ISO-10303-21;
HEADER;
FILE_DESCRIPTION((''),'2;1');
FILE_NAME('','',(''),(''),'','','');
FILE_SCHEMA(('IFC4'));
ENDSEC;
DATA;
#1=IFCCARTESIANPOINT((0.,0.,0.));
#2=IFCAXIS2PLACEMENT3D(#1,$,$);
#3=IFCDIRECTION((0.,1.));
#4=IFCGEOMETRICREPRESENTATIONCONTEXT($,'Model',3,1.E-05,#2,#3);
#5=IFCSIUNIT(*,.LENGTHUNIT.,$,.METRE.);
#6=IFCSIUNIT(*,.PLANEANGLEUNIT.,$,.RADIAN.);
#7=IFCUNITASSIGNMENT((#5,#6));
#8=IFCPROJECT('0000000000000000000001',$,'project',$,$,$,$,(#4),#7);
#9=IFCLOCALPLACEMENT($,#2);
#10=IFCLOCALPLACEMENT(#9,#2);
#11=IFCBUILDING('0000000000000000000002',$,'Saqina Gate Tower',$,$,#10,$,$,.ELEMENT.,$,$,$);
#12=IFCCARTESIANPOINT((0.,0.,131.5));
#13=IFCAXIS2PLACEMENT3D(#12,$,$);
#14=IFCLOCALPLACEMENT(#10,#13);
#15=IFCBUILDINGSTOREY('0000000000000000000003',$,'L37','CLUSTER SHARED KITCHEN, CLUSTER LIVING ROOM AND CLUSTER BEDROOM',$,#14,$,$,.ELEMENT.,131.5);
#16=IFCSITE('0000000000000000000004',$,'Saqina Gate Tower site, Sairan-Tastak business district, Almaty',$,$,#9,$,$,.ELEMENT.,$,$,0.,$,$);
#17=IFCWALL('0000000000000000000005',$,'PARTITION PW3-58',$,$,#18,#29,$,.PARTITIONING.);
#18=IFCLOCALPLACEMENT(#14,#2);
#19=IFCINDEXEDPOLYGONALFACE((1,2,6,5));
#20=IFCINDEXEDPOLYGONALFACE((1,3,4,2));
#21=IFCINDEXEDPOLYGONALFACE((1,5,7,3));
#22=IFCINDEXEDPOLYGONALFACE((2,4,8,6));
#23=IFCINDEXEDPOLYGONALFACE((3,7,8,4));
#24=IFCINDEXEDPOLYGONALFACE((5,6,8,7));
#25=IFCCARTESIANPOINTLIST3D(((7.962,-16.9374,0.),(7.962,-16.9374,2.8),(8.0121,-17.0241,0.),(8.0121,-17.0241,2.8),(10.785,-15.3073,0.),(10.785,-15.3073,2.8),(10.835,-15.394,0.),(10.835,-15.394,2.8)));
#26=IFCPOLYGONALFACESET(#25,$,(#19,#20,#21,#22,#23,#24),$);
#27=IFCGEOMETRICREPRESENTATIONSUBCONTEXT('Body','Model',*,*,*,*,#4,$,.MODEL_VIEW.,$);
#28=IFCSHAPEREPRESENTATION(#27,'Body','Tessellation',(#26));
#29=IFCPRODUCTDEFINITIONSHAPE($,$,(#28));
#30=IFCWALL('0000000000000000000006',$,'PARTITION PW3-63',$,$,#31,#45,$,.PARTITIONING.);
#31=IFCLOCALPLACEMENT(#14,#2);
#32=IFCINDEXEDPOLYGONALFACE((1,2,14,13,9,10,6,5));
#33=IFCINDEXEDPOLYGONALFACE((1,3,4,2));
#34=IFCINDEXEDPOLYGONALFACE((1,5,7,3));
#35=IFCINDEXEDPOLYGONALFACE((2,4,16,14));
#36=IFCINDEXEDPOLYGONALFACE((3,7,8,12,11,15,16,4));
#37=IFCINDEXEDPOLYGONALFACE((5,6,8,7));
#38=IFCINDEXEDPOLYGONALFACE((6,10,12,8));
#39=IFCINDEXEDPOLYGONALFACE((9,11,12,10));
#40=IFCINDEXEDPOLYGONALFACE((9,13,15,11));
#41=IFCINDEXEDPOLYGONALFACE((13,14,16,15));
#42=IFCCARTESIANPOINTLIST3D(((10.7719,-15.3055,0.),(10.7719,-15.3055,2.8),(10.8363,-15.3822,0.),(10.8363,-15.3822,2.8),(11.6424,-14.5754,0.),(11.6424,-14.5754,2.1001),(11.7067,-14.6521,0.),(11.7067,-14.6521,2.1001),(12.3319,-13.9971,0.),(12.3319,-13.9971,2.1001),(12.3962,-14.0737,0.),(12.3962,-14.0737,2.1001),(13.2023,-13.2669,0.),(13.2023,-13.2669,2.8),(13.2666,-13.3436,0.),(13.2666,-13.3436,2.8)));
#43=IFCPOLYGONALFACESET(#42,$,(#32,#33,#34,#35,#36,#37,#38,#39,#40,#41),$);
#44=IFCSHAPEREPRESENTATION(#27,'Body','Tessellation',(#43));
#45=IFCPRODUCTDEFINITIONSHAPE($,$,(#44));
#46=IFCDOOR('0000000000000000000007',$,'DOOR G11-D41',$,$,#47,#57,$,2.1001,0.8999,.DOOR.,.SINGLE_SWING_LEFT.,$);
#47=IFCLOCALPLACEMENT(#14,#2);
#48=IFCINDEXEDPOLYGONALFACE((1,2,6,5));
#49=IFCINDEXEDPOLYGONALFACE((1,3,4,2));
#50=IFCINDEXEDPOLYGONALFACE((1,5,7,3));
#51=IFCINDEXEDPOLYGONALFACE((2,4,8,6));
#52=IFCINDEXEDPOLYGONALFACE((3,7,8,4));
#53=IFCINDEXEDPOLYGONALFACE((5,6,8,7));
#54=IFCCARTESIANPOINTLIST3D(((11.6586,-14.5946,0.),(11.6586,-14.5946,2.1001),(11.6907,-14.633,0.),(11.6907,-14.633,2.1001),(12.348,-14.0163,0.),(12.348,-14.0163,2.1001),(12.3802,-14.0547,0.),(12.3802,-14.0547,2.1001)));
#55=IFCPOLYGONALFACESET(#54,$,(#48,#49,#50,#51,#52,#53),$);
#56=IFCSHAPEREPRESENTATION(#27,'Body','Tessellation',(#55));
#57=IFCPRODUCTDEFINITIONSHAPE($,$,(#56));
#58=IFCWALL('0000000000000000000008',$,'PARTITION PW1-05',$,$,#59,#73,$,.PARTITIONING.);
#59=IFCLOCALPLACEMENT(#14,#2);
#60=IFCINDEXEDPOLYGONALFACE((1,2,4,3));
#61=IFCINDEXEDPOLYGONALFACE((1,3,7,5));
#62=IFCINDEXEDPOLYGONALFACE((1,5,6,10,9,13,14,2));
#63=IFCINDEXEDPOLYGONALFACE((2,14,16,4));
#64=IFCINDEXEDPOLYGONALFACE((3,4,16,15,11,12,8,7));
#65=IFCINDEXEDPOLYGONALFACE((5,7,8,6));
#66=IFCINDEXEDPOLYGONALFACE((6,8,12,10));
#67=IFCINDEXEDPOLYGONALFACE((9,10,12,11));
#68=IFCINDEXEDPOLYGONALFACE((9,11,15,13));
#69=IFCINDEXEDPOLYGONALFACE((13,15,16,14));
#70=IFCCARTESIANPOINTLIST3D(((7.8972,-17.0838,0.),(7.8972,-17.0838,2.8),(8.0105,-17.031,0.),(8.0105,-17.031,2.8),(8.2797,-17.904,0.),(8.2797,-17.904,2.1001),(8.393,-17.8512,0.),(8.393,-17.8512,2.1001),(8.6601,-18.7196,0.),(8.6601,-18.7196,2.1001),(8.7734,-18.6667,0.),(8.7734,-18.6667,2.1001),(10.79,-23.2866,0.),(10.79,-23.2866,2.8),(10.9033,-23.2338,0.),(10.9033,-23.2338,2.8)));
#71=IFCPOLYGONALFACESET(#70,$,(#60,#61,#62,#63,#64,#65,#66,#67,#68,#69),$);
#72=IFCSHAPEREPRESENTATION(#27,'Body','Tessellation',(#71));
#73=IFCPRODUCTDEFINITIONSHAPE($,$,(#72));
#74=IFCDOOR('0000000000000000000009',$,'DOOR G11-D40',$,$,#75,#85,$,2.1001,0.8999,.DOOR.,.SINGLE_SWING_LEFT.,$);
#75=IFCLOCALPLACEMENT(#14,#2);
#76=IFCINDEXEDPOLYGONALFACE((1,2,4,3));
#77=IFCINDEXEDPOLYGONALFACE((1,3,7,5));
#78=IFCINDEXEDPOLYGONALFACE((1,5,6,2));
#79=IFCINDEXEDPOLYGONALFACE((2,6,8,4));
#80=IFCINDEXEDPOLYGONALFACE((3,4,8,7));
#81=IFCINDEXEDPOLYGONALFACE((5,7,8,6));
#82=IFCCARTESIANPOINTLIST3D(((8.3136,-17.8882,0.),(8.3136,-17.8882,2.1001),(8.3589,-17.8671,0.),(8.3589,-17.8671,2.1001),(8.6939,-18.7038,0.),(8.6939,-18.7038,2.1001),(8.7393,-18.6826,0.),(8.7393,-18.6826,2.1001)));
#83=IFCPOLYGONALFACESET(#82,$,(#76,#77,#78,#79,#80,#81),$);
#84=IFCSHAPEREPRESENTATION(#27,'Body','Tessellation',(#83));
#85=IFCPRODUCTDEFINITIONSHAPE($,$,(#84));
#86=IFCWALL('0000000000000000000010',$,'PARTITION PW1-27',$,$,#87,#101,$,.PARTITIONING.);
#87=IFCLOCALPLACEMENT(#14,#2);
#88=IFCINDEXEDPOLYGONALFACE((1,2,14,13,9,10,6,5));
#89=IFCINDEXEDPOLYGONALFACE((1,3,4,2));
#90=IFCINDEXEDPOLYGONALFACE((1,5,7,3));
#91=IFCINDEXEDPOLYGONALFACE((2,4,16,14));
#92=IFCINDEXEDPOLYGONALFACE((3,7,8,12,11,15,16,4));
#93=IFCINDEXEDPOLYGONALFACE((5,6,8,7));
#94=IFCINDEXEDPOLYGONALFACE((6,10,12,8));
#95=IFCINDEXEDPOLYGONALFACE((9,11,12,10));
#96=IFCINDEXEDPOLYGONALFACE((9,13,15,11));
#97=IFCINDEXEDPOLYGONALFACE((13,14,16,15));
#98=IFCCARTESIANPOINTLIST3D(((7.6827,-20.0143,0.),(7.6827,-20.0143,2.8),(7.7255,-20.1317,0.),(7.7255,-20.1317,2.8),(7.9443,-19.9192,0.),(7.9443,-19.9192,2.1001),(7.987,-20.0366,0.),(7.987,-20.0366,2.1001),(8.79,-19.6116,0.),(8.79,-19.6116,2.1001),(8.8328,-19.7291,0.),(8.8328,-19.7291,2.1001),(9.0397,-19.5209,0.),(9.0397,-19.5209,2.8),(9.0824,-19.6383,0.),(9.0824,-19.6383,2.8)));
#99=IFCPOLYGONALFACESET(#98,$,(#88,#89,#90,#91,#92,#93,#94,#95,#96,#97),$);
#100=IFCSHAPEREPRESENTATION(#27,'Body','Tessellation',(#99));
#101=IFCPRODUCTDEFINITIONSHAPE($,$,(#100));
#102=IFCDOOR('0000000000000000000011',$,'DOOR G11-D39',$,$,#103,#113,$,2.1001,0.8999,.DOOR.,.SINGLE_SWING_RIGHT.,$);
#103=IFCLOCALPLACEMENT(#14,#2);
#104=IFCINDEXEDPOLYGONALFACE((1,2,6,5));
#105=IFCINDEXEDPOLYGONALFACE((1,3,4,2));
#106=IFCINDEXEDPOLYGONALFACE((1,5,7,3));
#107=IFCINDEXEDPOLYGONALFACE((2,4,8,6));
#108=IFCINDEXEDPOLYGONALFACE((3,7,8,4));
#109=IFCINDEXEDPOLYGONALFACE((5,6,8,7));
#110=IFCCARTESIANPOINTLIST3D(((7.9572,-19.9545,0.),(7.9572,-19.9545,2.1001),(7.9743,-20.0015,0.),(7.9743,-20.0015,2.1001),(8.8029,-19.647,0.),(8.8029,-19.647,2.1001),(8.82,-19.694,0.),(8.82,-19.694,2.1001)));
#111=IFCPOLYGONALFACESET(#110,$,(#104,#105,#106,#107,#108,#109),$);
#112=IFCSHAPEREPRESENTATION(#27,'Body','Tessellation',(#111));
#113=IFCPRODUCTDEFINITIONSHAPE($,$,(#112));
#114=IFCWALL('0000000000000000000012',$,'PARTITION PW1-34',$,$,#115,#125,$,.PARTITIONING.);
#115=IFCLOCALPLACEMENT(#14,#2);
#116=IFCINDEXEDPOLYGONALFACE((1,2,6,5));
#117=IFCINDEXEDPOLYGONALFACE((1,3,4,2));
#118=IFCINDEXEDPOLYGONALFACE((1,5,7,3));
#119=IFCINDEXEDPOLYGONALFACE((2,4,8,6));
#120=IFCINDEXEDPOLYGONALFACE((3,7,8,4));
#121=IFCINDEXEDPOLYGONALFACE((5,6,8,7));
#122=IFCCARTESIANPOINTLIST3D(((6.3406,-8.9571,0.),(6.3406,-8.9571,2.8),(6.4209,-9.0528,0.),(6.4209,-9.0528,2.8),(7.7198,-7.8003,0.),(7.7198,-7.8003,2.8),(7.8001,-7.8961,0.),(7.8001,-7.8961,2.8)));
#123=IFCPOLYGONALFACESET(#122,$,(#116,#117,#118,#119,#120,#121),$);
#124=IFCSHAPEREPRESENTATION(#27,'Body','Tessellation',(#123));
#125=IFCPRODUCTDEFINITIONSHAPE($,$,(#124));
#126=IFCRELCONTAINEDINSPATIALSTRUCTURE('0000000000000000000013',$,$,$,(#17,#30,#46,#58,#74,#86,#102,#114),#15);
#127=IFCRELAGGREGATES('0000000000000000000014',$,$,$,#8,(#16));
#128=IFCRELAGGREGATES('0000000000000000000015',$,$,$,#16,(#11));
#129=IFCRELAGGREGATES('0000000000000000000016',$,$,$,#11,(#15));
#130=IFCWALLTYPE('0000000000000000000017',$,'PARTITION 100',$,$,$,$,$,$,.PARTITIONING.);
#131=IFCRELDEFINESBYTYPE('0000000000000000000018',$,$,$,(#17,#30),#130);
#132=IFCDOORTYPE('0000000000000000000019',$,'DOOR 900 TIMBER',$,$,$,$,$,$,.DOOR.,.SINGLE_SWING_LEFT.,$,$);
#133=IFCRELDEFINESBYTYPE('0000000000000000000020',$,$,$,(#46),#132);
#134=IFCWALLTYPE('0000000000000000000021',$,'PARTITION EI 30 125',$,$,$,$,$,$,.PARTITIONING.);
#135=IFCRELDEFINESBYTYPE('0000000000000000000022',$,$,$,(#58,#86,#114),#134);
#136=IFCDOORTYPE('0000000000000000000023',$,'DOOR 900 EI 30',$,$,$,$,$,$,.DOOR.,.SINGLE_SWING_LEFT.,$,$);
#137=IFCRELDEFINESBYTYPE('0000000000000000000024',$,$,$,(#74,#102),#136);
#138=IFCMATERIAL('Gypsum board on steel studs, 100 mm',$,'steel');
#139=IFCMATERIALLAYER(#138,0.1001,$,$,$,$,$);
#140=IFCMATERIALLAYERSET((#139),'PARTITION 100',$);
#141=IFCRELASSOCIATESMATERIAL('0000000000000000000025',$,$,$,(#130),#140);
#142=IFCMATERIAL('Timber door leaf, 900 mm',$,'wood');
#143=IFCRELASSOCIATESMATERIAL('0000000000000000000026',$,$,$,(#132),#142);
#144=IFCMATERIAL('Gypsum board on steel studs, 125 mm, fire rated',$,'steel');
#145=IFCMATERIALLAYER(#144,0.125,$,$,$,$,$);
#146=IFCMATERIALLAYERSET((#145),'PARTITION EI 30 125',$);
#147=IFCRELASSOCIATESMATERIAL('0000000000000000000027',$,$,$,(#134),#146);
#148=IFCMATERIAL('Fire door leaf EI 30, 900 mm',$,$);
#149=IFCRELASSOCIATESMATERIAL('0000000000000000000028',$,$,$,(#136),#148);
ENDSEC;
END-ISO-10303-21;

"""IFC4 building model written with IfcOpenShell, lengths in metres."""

from ifc_helpers import new_model, si_unit, direction, frame, frame_2d, origin, place, context, subcontext, project, spatial, rectangle, extrude, material, layer, layer_set, type_object, element, fill, save


model = new_model("IFC4")

# Units and contexts
model_context = context("Model", 3, precision=1e-05, world=origin(), true_north=direction((0.0, 1.0)))
body_context = subcontext(model_context, "Body", "Model", "MODEL_VIEW")
ifc_project = project(units=[si_unit("LENGTHUNIT", "METRE"), si_unit("PLANEANGLEUNIT", "RADIAN")], contexts=[model_context])

# Site, building, storey
site_placement = place(None, origin())
site = spatial("IfcSite", under=ifc_project, at=site_placement, Name="Saqina Gate Tower site, Sairan-Tastak business district, Almaty", CompositionType="ELEMENT", RefElevation=0.0)
building_placement = place(site_placement, origin())
building = spatial("IfcBuilding", under=site, at=building_placement, Name="Saqina Gate Tower", CompositionType="ELEMENT")
storey_placement = place(building_placement, frame((0.0, 0.0, 131.5)))
storey = spatial("IfcBuildingStorey", under=building, at=storey_placement, Name="L37", Description="CLUSTER SHARED KITCHEN, CLUSTER LIVING ROOM AND CLUSTER BEDROOM", CompositionType="ELEMENT", Elevation=131.5)

# Shared definitions
ifc_material_1 = material(Name="Gypsum board on steel studs, 100 mm", Category="steel")
ifc_layer_1 = layer(ifc_material_1, 0.1001)
ifc_layer_set_1 = layer_set([ifc_layer_1], Name="PARTITION 100")
wall_type_1 = type_object("IfcWallType", Name="PARTITION 100", PredefinedType="PARTITIONING", material=ifc_layer_set_1)

# Shared definitions
ifc_material_2 = material(Name="Timber door leaf, 900 mm", Category="wood")
door_type_1 = type_object("IfcDoorType", Name="DOOR 900 TIMBER", OperationType="SINGLE_SWING_LEFT", PredefinedType="DOOR", material=ifc_material_2)

# Wall
wall_1_placement = place(storey_placement, frame((7.9871, -16.9807, 0.0), z_axis=(0.0, 0.0, 1.0), x_axis=(0.86599, 0.500062, 0.0)))
element("IfcWall", 1, at=wall_1_placement, inside=storey, type_object=wall_type_1, Name="PARTITION PW3-58", PredefinedType="PARTITIONING", context=body_context, shape_type="SweptSolid", body=[
    extrude(rectangle(XDim=3.2598, YDim=0.1001, at=frame_2d((1.6299, 0.0))), origin(), (0.0, 0.0, 1.0), 2.8),
])

# Walls, openings, doors
wall_2_placement = place(storey_placement, frame((10.8042, -15.3438, 0.0), z_axis=(0.0, 0.0, 1.0), x_axis=(0.766167, 0.642641, 0.0)))
wall_2 = element("IfcWall", 2, at=wall_2_placement, inside=storey, type_object=wall_type_1, Name="PARTITION PW3-63", PredefinedType="PARTITIONING", context=body_context, shape_type="SweptSolid", body=[
    extrude(rectangle(XDim=3.1721, YDim=0.1001, at=frame_2d((1.5859, 0.0))), origin(), (0.0, 0.0, 1.0), 2.8),
])
opening_1_placement = place(wall_2_placement, frame((1.136, 0.0, 0.0)))
opening_1 = element("IfcOpeningElement", 3, at=opening_1_placement, cuts=wall_2, PredefinedType="OPENING", context=body_context, shape_type="SweptSolid", body=[
    extrude(rectangle(XDim=0.8999, YDim=2.1001, at=frame_2d((0.45, 1.05))), frame((0.0, 0.062, 0.0), z_axis=(0.0, -1.0, 0.0), x_axis=(1.0, 0.0, 0.0)), (0.0, 0.0, 1.0), 0.124),
])
door_1_placement = place(opening_1_placement, origin())
door_1 = element("IfcDoor", 4, at=door_1_placement, inside=storey, type_object=door_type_1, Name="DOOR G11-D41", OperationType="SINGLE_SWING_LEFT", OverallHeight=2.1001, OverallWidth=0.8999, PredefinedType="DOOR", context=body_context, shape_type="SweptSolid", body=[
    extrude(rectangle(XDim=0.8999, YDim=2.1001, at=frame_2d((0.45, 1.05))), frame((0.0, 0.0249, 0.0), z_axis=(0.0, -1.0, 0.0), x_axis=(1.0, 0.0, 0.0)), (0.0, 0.0, 1.0), 0.05),
])
fill(opening_1, door_1)
ifc_material_3 = material(Name="Gypsum board on steel studs, 125 mm, fire rated", Category="steel")
ifc_layer_2 = layer(ifc_material_3, 0.125)
ifc_layer_set_2 = layer_set([ifc_layer_2], Name="PARTITION EI 30 125")
wall_type_2 = type_object("IfcWallType", Name="PARTITION EI 30 125", PredefinedType="PARTITIONING", material=ifc_layer_set_2)
wall_3_placement = place(storey_placement, frame((7.9539, -17.0574, 0.0), z_axis=(0.0, 0.0, 1.0), x_axis=(0.422663, -0.906287, 0.0)))
wall_3 = element("IfcWall", 5, at=wall_3_placement, inside=storey, type_object=wall_type_2, Name="PARTITION PW1-05", PredefinedType="PARTITIONING", context=body_context, shape_type="SweptSolid", body=[
    extrude(rectangle(XDim=6.8442, YDim=0.125, at=frame_2d((3.4221, 0.0))), origin(), (0.0, 0.0, 1.0), 2.8),
])
opening_2_placement = place(wall_3_placement, frame((0.905, 0.0, 0.0)))
opening_2 = element("IfcOpeningElement", 6, at=opening_2_placement, cuts=wall_3, PredefinedType="OPENING", context=body_context, shape_type="SweptSolid", body=[
    extrude(rectangle(XDim=0.8999, YDim=2.1001, at=frame_2d((0.45, 1.05))), frame((0.0, 0.0745, 0.0), z_axis=(0.0, -1.0, 0.0), x_axis=(1.0, 0.0, 0.0)), (0.0, 0.0, 1.0), 0.1489),
])
ifc_material_4 = material(Name="Fire door leaf EI 30, 900 mm")
door_type_2 = type_object("IfcDoorType", Name="DOOR 900 EI 30", OperationType="SINGLE_SWING_LEFT", PredefinedType="DOOR", material=ifc_material_4)
door_2_placement = place(opening_2_placement, origin())
door_2 = element("IfcDoor", 7, at=door_2_placement, inside=storey, type_object=door_type_2, Name="DOOR G11-D40", OperationType="SINGLE_SWING_LEFT", OverallHeight=2.1001, OverallWidth=0.8999, PredefinedType="DOOR", context=body_context, shape_type="SweptSolid", body=[
    extrude(rectangle(XDim=0.8999, YDim=2.1001, at=frame_2d((0.45, 1.05))), frame((0.0, 0.0249, 0.0), z_axis=(0.0, -1.0, 0.0), x_axis=(1.0, 0.0, 0.0)), (0.0, 0.0, 1.0), 0.05),
])
fill(opening_2, door_2)
wall_4_placement = place(storey_placement, frame((7.7041, -20.073, 0.0), z_axis=(0.0, 0.0, 1.0), x_axis=(0.939798, 0.341729, 0.0)))
wall_4 = element("IfcWall", 8, at=wall_4_placement, inside=storey, type_object=wall_type_2, Name="PARTITION PW1-27", PredefinedType="PARTITIONING", context=body_context, shape_type="SweptSolid", body=[
    extrude(rectangle(XDim=1.4438, YDim=0.125, at=frame_2d((0.7219, 0.0))), origin(), (0.0, 0.0, 1.0), 2.8),
])
opening_3_placement = place(wall_4_placement, frame((0.2783, 0.0, 0.0)))
opening_3 = element("IfcOpeningElement", 9, at=opening_3_placement, cuts=wall_4, PredefinedType="OPENING", context=body_context, shape_type="SweptSolid", body=[
    extrude(rectangle(XDim=0.8999, YDim=2.1001, at=frame_2d((0.45, 1.05))), frame((0.0, 0.0745, 0.0), z_axis=(0.0, -1.0, 0.0), x_axis=(1.0, 0.0, 0.0)), (0.0, 0.0, 1.0), 0.1489),
])
door_3_placement = place(opening_3_placement, origin())
door_3 = element("IfcDoor", 10, at=door_3_placement, inside=storey, type_object=door_type_2, Name="DOOR G11-D39", OperationType="SINGLE_SWING_RIGHT", OverallHeight=2.1001, OverallWidth=0.8999, PredefinedType="DOOR", context=body_context, shape_type="SweptSolid", body=[
    extrude(rectangle(XDim=0.8999, YDim=2.1001, at=frame_2d((0.45, 1.05))), frame((0.0, 0.0249, 0.0), z_axis=(0.0, -1.0, 0.0), x_axis=(1.0, 0.0, 0.0)), (0.0, 0.0, 1.0), 0.05),
])
fill(opening_3, door_3)

# Wall
wall_5_placement = place(storey_placement, frame((6.3809, -9.0049, 0.0), z_axis=(0.0, 0.0, 1.0), x_axis=(0.766183, 0.642623, 0.0)))
element("IfcWall", 11, at=wall_5_placement, inside=storey, type_object=wall_type_2, Name="PARTITION PW1-34", PredefinedType="PARTITIONING", context=body_context, shape_type="SweptSolid", body=[
    extrude(rectangle(XDim=1.8, YDim=0.125, at=frame_2d((0.8999, 0.0))), origin(), (0.0, 0.0, 1.0), 2.8),
])

save(model, "model.ifc")
